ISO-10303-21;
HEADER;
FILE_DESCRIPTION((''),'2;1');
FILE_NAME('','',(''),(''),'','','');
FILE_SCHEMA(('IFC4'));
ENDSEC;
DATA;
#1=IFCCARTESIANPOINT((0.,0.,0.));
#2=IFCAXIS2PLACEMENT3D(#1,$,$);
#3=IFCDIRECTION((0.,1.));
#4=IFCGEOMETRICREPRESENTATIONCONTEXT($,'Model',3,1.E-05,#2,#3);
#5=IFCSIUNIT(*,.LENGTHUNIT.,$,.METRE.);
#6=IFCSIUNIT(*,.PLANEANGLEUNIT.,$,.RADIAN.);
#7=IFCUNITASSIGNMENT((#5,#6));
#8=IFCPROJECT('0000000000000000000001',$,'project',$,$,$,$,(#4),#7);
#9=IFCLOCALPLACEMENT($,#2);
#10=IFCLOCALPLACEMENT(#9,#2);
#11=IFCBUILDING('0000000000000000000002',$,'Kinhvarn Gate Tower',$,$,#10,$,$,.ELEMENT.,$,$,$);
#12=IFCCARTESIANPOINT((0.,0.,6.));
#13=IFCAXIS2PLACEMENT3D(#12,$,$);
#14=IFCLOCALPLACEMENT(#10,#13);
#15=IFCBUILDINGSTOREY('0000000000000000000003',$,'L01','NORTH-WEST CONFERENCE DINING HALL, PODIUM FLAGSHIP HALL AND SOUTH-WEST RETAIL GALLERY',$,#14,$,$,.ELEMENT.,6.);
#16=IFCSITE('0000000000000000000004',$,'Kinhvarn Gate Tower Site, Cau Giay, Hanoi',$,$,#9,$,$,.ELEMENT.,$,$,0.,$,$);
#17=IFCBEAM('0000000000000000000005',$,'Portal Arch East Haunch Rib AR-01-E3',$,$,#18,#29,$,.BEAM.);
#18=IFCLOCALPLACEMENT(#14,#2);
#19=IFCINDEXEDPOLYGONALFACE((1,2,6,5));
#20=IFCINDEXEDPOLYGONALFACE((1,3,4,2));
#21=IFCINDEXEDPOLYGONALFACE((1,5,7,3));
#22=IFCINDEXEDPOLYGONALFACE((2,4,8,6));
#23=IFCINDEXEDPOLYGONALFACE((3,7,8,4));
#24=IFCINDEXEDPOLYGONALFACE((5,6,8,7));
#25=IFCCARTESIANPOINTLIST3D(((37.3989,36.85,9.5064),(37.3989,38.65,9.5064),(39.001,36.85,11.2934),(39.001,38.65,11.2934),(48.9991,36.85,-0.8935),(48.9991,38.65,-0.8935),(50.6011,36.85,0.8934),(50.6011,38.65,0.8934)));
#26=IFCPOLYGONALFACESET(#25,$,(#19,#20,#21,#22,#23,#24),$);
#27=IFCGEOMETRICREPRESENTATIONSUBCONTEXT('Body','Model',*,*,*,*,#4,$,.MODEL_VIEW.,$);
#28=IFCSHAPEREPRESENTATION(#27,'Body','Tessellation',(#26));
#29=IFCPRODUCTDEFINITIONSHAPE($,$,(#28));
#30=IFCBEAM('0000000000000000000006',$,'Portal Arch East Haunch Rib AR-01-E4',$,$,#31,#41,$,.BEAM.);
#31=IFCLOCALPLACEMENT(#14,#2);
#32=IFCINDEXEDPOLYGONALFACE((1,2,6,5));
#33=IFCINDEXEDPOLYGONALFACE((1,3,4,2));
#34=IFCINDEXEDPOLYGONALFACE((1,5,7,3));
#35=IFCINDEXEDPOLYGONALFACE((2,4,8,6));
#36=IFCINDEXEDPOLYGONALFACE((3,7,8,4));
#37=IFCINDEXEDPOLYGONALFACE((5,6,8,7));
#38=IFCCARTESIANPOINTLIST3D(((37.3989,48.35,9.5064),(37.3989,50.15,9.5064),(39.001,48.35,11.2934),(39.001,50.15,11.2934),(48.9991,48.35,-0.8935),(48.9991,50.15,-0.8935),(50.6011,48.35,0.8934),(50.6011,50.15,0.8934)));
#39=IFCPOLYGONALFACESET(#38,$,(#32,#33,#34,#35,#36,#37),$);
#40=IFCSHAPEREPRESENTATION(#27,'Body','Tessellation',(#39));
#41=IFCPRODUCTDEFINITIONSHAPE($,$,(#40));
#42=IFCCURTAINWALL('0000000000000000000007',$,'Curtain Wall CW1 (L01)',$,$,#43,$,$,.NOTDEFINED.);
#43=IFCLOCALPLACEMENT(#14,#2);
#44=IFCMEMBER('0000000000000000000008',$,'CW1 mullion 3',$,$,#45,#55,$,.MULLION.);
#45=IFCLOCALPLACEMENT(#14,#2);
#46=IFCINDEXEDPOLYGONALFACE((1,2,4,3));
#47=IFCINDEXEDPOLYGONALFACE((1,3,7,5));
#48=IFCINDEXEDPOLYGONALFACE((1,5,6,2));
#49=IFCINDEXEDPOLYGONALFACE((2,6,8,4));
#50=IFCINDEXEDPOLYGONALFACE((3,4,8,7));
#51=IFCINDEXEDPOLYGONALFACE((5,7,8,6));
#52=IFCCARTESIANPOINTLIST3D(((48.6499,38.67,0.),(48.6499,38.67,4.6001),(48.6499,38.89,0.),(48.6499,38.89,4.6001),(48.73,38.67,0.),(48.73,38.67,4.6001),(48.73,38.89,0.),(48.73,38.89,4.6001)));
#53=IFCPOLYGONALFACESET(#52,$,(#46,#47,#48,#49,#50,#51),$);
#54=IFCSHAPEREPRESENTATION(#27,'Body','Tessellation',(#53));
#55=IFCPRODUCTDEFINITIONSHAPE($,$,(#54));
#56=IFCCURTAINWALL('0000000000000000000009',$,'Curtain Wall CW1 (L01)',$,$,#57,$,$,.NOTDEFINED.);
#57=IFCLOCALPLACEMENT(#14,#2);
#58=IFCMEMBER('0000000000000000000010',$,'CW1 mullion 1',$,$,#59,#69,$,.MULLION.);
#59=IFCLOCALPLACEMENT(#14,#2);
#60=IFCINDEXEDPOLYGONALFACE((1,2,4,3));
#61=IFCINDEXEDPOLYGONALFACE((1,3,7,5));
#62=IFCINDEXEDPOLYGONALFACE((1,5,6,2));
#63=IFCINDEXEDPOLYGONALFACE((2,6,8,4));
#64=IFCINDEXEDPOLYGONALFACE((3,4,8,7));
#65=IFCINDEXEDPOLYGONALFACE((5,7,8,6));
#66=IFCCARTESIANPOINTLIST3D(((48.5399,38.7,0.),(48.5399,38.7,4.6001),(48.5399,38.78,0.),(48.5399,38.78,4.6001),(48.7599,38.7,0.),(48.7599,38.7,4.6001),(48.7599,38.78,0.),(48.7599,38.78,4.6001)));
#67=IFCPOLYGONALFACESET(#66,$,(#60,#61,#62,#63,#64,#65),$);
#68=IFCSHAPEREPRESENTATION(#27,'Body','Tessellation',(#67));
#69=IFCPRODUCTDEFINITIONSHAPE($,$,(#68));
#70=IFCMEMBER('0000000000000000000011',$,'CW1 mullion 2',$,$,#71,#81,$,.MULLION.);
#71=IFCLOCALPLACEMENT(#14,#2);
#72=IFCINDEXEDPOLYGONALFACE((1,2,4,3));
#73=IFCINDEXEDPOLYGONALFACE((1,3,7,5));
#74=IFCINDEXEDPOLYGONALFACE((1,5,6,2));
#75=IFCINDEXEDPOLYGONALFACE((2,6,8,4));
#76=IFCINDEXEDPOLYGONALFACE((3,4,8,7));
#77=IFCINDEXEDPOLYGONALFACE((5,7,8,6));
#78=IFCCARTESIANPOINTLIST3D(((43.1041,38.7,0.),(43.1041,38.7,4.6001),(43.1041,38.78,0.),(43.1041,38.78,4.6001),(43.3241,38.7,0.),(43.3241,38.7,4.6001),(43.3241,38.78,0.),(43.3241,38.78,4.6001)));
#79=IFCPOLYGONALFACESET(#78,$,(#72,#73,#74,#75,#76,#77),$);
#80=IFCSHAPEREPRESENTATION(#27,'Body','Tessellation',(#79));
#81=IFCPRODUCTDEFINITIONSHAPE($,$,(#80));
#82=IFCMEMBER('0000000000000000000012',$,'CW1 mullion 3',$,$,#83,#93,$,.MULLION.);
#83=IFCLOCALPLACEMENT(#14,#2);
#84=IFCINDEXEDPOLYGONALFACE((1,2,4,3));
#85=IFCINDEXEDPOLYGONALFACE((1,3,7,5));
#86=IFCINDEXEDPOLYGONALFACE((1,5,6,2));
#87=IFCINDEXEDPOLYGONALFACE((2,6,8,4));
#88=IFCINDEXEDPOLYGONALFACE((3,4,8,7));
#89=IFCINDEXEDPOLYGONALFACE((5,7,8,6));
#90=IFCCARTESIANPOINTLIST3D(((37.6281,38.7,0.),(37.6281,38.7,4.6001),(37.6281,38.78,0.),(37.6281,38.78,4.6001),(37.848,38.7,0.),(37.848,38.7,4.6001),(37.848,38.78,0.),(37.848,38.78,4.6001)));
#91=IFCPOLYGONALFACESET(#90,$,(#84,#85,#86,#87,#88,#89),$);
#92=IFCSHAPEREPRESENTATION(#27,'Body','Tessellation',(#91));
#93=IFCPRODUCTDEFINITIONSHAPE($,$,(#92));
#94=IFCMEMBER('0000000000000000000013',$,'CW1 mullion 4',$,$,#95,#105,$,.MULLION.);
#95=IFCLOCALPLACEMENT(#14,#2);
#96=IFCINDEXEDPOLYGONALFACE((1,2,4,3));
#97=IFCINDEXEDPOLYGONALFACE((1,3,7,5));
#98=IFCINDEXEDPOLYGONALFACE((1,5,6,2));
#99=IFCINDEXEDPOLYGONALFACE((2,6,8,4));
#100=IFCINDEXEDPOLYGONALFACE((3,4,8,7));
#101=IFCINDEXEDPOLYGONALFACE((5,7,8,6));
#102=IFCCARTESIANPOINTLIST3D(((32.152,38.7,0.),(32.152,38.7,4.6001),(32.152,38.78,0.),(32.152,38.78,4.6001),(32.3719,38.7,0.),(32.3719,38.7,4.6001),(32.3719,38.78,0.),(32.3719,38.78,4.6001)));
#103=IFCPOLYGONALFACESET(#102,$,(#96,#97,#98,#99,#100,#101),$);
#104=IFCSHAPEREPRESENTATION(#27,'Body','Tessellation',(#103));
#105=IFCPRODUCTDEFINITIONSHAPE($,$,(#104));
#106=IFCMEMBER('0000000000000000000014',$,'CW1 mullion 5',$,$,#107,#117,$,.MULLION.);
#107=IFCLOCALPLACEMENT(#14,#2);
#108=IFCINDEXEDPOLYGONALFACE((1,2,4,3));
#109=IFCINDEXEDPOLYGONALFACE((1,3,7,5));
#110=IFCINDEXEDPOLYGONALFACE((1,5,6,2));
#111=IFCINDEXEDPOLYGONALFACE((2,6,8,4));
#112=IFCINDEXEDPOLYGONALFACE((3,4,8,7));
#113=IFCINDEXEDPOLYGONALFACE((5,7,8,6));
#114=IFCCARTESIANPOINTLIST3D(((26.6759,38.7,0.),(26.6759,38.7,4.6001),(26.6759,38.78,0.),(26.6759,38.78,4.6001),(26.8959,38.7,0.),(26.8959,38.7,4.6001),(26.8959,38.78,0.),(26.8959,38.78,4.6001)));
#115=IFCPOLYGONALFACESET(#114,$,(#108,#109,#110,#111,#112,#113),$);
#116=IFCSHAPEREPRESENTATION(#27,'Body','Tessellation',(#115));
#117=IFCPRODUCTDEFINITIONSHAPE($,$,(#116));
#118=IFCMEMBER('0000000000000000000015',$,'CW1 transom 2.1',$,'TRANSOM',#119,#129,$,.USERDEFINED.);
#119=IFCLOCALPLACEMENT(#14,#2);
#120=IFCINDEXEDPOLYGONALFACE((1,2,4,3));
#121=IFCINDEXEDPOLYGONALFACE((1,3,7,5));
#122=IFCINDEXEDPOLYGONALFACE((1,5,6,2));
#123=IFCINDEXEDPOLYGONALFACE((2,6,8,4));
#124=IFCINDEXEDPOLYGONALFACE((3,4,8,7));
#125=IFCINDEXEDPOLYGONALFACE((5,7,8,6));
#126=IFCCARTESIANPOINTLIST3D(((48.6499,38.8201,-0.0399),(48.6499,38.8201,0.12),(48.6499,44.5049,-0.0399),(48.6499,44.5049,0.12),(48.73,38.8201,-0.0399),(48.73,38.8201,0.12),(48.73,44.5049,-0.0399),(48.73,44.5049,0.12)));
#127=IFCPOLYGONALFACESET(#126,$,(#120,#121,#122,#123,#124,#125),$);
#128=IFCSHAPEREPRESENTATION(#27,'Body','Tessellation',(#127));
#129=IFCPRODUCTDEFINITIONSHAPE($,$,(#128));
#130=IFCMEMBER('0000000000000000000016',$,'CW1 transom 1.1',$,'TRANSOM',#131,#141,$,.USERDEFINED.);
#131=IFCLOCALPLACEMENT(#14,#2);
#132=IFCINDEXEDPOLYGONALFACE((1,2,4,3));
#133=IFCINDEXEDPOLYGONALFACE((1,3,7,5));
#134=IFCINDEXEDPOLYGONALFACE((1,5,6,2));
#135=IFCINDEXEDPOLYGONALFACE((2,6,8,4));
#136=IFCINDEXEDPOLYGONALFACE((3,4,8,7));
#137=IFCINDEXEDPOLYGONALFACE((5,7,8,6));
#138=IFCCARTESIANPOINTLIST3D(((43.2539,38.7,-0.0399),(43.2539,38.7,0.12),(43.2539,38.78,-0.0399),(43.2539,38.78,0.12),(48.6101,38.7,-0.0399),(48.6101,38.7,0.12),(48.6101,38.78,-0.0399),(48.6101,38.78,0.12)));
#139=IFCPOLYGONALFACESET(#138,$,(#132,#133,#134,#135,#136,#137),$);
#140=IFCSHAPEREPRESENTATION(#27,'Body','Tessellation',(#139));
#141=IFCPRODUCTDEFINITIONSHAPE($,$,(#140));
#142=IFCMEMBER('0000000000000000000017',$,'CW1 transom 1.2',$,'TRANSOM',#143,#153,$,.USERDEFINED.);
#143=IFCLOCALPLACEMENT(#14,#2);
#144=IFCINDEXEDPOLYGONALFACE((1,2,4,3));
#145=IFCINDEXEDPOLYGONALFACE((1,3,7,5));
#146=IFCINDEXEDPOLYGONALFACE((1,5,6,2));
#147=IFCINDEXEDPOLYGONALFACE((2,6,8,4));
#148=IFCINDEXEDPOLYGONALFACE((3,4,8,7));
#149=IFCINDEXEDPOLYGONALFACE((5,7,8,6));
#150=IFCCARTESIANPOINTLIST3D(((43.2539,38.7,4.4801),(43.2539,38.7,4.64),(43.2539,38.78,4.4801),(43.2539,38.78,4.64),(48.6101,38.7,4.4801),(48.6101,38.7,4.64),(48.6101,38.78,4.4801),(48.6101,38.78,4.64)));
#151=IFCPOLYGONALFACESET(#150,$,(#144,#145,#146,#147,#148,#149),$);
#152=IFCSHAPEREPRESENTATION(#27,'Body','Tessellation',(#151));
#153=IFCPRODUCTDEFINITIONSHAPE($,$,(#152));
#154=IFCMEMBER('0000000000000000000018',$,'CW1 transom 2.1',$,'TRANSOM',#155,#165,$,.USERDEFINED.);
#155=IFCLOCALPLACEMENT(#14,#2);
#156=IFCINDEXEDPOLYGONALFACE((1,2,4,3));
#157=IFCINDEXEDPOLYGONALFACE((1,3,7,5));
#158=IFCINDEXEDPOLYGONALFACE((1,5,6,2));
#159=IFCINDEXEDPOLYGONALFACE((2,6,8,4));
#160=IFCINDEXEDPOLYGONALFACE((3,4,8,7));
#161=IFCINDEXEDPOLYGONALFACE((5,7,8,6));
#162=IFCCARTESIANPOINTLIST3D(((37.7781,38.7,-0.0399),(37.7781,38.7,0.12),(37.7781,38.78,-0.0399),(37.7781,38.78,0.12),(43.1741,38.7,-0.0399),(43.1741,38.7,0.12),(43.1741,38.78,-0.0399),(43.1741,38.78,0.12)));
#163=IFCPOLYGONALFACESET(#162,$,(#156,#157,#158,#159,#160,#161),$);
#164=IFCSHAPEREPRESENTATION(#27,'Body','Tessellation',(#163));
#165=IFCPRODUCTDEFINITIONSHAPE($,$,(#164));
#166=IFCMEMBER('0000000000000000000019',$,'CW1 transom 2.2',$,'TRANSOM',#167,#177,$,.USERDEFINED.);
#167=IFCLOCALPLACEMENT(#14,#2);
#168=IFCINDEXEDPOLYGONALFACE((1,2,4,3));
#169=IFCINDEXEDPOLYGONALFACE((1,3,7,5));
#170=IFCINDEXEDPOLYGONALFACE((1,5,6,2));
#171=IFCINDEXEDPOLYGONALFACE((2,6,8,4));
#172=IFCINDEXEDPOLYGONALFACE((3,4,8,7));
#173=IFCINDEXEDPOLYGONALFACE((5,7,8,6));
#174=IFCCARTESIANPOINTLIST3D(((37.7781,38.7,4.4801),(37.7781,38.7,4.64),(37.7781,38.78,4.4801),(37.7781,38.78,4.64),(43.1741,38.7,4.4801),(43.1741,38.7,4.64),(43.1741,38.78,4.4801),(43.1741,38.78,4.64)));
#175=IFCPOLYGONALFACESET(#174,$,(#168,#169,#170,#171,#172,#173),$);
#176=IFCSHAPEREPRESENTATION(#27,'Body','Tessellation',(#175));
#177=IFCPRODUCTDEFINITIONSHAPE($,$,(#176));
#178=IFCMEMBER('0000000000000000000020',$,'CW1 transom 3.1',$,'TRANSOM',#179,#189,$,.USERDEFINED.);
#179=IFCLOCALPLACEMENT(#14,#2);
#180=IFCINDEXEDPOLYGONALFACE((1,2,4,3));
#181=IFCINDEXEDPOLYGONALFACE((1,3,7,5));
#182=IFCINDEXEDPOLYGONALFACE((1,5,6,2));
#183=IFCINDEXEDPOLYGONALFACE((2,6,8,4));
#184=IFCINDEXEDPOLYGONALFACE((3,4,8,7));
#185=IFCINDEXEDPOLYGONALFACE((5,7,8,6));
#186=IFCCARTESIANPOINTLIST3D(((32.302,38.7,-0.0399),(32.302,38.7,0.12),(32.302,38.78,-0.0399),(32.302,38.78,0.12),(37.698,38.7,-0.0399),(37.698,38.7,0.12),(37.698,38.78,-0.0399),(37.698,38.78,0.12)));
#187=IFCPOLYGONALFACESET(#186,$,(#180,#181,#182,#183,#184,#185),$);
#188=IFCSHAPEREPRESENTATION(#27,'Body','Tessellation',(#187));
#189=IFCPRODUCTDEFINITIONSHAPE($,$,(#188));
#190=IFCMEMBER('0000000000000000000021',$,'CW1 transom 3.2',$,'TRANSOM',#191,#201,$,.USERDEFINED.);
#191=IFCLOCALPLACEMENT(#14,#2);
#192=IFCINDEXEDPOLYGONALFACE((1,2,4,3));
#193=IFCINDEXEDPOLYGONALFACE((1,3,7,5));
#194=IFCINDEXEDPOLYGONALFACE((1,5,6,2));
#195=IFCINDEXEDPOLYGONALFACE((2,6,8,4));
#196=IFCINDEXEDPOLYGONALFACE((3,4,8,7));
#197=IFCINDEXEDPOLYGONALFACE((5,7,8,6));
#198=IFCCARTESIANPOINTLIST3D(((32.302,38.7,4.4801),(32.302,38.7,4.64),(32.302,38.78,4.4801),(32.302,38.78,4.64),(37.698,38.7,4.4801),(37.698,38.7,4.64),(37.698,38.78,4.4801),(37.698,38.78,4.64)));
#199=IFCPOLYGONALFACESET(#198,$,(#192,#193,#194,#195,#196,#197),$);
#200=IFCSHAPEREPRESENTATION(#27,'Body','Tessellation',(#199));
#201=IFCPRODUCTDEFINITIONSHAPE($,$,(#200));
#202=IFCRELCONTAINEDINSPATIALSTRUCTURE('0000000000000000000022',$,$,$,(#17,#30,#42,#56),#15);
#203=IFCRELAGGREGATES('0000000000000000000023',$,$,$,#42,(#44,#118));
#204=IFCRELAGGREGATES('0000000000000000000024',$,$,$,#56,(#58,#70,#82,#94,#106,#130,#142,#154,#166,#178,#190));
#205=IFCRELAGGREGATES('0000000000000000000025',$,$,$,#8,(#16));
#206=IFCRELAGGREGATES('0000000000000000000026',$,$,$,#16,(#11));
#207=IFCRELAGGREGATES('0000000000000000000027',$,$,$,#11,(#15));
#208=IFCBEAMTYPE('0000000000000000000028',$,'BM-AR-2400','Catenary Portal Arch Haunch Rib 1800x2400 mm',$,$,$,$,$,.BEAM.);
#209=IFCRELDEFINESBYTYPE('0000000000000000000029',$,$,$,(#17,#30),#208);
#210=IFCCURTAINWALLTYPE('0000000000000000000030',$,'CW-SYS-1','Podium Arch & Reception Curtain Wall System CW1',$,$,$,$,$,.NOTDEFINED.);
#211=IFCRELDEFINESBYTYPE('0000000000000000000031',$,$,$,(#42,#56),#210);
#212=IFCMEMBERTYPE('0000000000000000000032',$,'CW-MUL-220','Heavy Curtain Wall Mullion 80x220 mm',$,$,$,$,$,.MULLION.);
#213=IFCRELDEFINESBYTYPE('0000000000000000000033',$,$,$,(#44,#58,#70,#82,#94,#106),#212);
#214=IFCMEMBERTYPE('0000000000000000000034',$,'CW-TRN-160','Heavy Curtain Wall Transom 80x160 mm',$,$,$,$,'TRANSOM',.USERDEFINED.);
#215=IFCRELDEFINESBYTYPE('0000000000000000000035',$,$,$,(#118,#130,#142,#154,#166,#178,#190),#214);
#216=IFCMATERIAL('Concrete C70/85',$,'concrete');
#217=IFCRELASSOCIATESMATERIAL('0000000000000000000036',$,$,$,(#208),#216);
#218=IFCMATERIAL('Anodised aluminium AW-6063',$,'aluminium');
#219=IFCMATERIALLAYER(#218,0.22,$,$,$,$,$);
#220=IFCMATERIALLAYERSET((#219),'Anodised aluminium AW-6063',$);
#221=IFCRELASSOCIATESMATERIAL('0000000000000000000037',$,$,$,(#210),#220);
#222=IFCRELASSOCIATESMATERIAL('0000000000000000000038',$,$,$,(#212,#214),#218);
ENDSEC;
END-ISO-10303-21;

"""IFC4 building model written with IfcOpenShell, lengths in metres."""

from ifc_helpers import new_model, si_unit, direction, frame, origin, origin_2d, place, context, subcontext, project, spatial, rectangle, extrude, material, layer, layer_set, material_profile, profile_set, type_object, element, aggregate, save


model = new_model("IFC4")

# Units and contexts
model_context = context("Model", 3, precision=1e-05, world=origin(), true_north=direction((0.0, 1.0)))
body_context = subcontext(model_context, "Body", "Model", "MODEL_VIEW")
ifc_project = project(units=[si_unit("LENGTHUNIT", "METRE"), si_unit("PLANEANGLEUNIT", "RADIAN")], contexts=[model_context])

# Site, building, storey
site_placement = place(None, origin())
site = spatial("IfcSite", under=ifc_project, at=site_placement, Name="Kinhvarn Gate Tower Site, Cau Giay, Hanoi", CompositionType="ELEMENT", RefElevation=0.0)
building_placement = place(site_placement, origin())
building = spatial("IfcBuilding", under=site, at=building_placement, Name="Kinhvarn Gate Tower", CompositionType="ELEMENT")
storey_placement = place(building_placement, frame((0.0, 0.0, 6.0)))
storey = spatial("IfcBuildingStorey", under=building, at=storey_placement, Name="L01", Description="NORTH-WEST CONFERENCE DINING HALL, PODIUM FLAGSHIP HALL AND SOUTH-WEST RETAIL GALLERY", CompositionType="ELEMENT", Elevation=6.0)

# Beams
ifc_material_1 = material(Name="Concrete C70/85", Category="concrete")
ifc_material_profile_1 = material_profile(ifc_material_1, rectangle(XDim=1.8, YDim=2.3999, at=origin_2d()), Name="RC 1800x2400")
ifc_profile_set_1 = profile_set([ifc_material_profile_1], Name="Concrete C70/85")
beam_type = type_object("IfcBeamType", Name="BM-AR-2400", Description="Catenary Portal Arch Haunch Rib 1800x2400 mm", PredefinedType="BEAM", material=ifc_profile_set_1)
for number, where, z_axis, x_axis, name in (
    (1, (38.2, 37.75, 10.3999), (0.744575, 0.0, -0.667538), (0.0, 1.0, 0.0), "Portal Arch East Haunch Rib AR-01-E3"),
    (2, (38.2, 49.25, 10.3999), (0.744575, 0.0, -0.667538), (0.0, 1.0, 0.0), "Portal Arch East Haunch Rib AR-01-E4"),
):
    element("IfcBeam", number, at=place(storey_placement, frame(where, z_axis=z_axis, x_axis=x_axis)), inside=storey, type_object=beam_type, Name=name, PredefinedType="BEAM", context=body_context, shape_type="SweptSolid", body=[
        extrude(rectangle(XDim=1.8, YDim=2.3999, at=origin_2d()), origin(), (0.0, 0.0, 1.0), 15.5796),
    ])

# Curtain wall, member
ifc_material_2 = material(Name="Anodised aluminium AW-6063", Category="aluminium")
ifc_layer_1 = layer(ifc_material_2, 0.22)
ifc_layer_set_1 = layer_set([ifc_layer_1], Name="Anodised aluminium AW-6063")
curtain_wall_type = type_object("IfcCurtainWallType", Name="CW-SYS-1", Description="Podium Arch & Reception Curtain Wall System CW1", PredefinedType="NOTDEFINED", material=ifc_layer_set_1)
curtain_wall_1_placement = place(storey_placement, origin())
curtain_wall_1 = element("IfcCurtainWall", 3, at=curtain_wall_1_placement, inside=storey, type_object=curtain_wall_type, Name="Curtain Wall CW1 (L01)", PredefinedType="NOTDEFINED")
ifc_material_profile_2 = material_profile(ifc_material_2, rectangle(XDim=0.0801, YDim=0.22, at=origin_2d()), Name="ALU 80x220")
ifc_profile_set_2 = profile_set([ifc_material_profile_2], Name="Anodised aluminium AW-6063")
member_type_1 = type_object("IfcMemberType", Name="CW-MUL-220", Description="Heavy Curtain Wall Mullion 80x220 mm", PredefinedType="MULLION", material=ifc_profile_set_2)
member_1_placement = place(storey_placement, frame((48.6899, 38.78, 0.0), z_axis=(0.0, 0.0, 1.0), x_axis=(1.0, 0.0, 0.0)))
member_1 = element("IfcMember", 4, at=member_1_placement, type_object=member_type_1, Name="CW1 mullion 3", PredefinedType="MULLION", context=body_context, shape_type="SweptSolid", body=[
    extrude(rectangle(XDim=0.0801, YDim=0.22, at=origin_2d()), origin(), (0.0, 0.0, 1.0), 4.6001),
])

# Curtain wall, members
curtain_wall_2_placement = place(storey_placement, origin())
curtain_wall_2 = element("IfcCurtainWall", 5, at=curtain_wall_2_placement, inside=storey, type_object=curtain_wall_type, Name="Curtain Wall CW1 (L01)", PredefinedType="NOTDEFINED")
member_2_placement = place(storey_placement, frame((48.6499, 38.74, 0.0), z_axis=(0.0, 0.0, 1.0), x_axis=(0.0, -1.0, 0.0)))
member_2 = element("IfcMember", 6, at=member_2_placement, type_object=member_type_1, Name="CW1 mullion 1", PredefinedType="MULLION", context=body_context, shape_type="SweptSolid", body=[
    extrude(rectangle(XDim=0.0801, YDim=0.22, at=origin_2d()), origin(), (0.0, 0.0, 1.0), 4.6001),
])
member_3_placement = place(storey_placement, frame((43.2141, 38.74, 0.0), z_axis=(0.0, 0.0, 1.0), x_axis=(0.0, -1.0, 0.0)))
member_3 = element("IfcMember", 7, at=member_3_placement, type_object=member_type_1, Name="CW1 mullion 2", PredefinedType="MULLION", context=body_context, shape_type="SweptSolid", body=[
    extrude(rectangle(XDim=0.0801, YDim=0.22, at=origin_2d()), origin(), (0.0, 0.0, 1.0), 4.6001),
])
member_4_placement = place(storey_placement, frame((37.738, 38.74, 0.0), z_axis=(0.0, 0.0, 1.0), x_axis=(0.0, -1.0, 0.0)))
member_4 = element("IfcMember", 8, at=member_4_placement, type_object=member_type_1, Name="CW1 mullion 3", PredefinedType="MULLION", context=body_context, shape_type="SweptSolid", body=[
    extrude(rectangle(XDim=0.0801, YDim=0.22, at=origin_2d()), origin(), (0.0, 0.0, 1.0), 4.6001),
])
member_5_placement = place(storey_placement, frame((32.262, 38.74, 0.0), z_axis=(0.0, 0.0, 1.0), x_axis=(0.0, -1.0, 0.0)))
member_5 = element("IfcMember", 9, at=member_5_placement, type_object=member_type_1, Name="CW1 mullion 4", PredefinedType="MULLION", context=body_context, shape_type="SweptSolid", body=[
    extrude(rectangle(XDim=0.0801, YDim=0.22, at=origin_2d()), origin(), (0.0, 0.0, 1.0), 4.6001),
])
member_6_placement = place(storey_placement, frame((26.7859, 38.74, 0.0), z_axis=(0.0, 0.0, 1.0), x_axis=(0.0, -1.0, 0.0)))
member_6 = element("IfcMember", 10, at=member_6_placement, type_object=member_type_1, Name="CW1 mullion 5", PredefinedType="MULLION", context=body_context, shape_type="SweptSolid", body=[
    extrude(rectangle(XDim=0.0801, YDim=0.22, at=origin_2d()), origin(), (0.0, 0.0, 1.0), 4.6001),
])

# Members
ifc_material_profile_3 = material_profile(ifc_material_2, rectangle(XDim=0.0801, YDim=0.1599, at=origin_2d()), Name="ALU 80x160")
ifc_profile_set_3 = profile_set([ifc_material_profile_3], Name="Anodised aluminium AW-6063")
member_type_2 = type_object("IfcMemberType", Name="CW-TRN-160", Description="Heavy Curtain Wall Transom 80x160 mm", ElementType="TRANSOM", PredefinedType="USERDEFINED", material=ifc_profile_set_3)
member_7_placement = place(storey_placement, frame((48.6899, 44.5049, 0.04), z_axis=(0.0, -1.0, 0.0), x_axis=(1.0, 0.0, 0.0)))
member_7 = element("IfcMember", 11, at=member_7_placement, type_object=member_type_2, Name="CW1 transom 2.1", ObjectType="TRANSOM", PredefinedType="USERDEFINED", context=body_context, shape_type="SweptSolid", body=[
    extrude(rectangle(XDim=0.0801, YDim=0.1599, at=origin_2d()), origin(), (0.0, 0.0, 1.0), 5.6848),
])
member_8_placement = place(storey_placement, frame((48.6101, 38.74, 0.04), z_axis=(-1.0, 0.0, 0.0), x_axis=(0.0, -1.0, 0.0)))
member_8 = element("IfcMember", 12, at=member_8_placement, type_object=member_type_2, Name="CW1 transom 1.1", ObjectType="TRANSOM", PredefinedType="USERDEFINED", context=body_context, shape_type="SweptSolid", body=[
    extrude(rectangle(XDim=0.0801, YDim=0.1599, at=origin_2d()), origin(), (0.0, 0.0, 1.0), 5.3562),
])
member_9_placement = place(storey_placement, frame((48.6101, 38.74, 4.5601), z_axis=(-1.0, 0.0, 0.0), x_axis=(0.0, -1.0, 0.0)))
member_9 = element("IfcMember", 13, at=member_9_placement, type_object=member_type_2, Name="CW1 transom 1.2", ObjectType="TRANSOM", PredefinedType="USERDEFINED", context=body_context, shape_type="SweptSolid", body=[
    extrude(rectangle(XDim=0.0801, YDim=0.1599, at=origin_2d()), origin(), (0.0, 0.0, 1.0), 5.3562),
])
member_10_placement = place(storey_placement, frame((43.1741, 38.74, 0.04), z_axis=(-1.0, 0.0, 0.0), x_axis=(0.0, -1.0, 0.0)))
member_10 = element("IfcMember", 14, at=member_10_placement, type_object=member_type_2, Name="CW1 transom 2.1", ObjectType="TRANSOM", PredefinedType="USERDEFINED", context=body_context, shape_type="SweptSolid", body=[
    extrude(rectangle(XDim=0.0801, YDim=0.1599, at=origin_2d()), origin(), (0.0, 0.0, 1.0), 5.396),
])
member_11_placement = place(storey_placement, frame((43.1741, 38.74, 4.5601), z_axis=(-1.0, 0.0, 0.0), x_axis=(0.0, -1.0, 0.0)))
member_11 = element("IfcMember", 15, at=member_11_placement, type_object=member_type_2, Name="CW1 transom 2.2", ObjectType="TRANSOM", PredefinedType="USERDEFINED", context=body_context, shape_type="SweptSolid", body=[
    extrude(rectangle(XDim=0.0801, YDim=0.1599, at=origin_2d()), origin(), (0.0, 0.0, 1.0), 5.396),
])
member_12_placement = place(storey_placement, frame((37.698, 38.74, 0.04), z_axis=(-1.0, 0.0, 0.0), x_axis=(0.0, -1.0, 0.0)))
member_12 = element("IfcMember", 16, at=member_12_placement, type_object=member_type_2, Name="CW1 transom 3.1", ObjectType="TRANSOM", PredefinedType="USERDEFINED", context=body_context, shape_type="SweptSolid", body=[
    extrude(rectangle(XDim=0.0801, YDim=0.1599, at=origin_2d()), origin(), (0.0, 0.0, 1.0), 5.396),
])
member_13_placement = place(storey_placement, frame((37.698, 38.74, 4.5601), z_axis=(-1.0, 0.0, 0.0), x_axis=(0.0, -1.0, 0.0)))
member_13 = element("IfcMember", 17, at=member_13_placement, type_object=member_type_2, Name="CW1 transom 3.2", ObjectType="TRANSOM", PredefinedType="USERDEFINED", context=body_context, shape_type="SweptSolid", body=[
    extrude(rectangle(XDim=0.0801, YDim=0.1599, at=origin_2d()), origin(), (0.0, 0.0, 1.0), 5.396),
])

aggregate(curtain_wall_1, [member_1, member_7])
aggregate(curtain_wall_2, [member_2, member_3, member_4, member_5, member_6, member_8, member_9, member_10, member_11, member_12, member_13])

save(model, "model.ifc")
